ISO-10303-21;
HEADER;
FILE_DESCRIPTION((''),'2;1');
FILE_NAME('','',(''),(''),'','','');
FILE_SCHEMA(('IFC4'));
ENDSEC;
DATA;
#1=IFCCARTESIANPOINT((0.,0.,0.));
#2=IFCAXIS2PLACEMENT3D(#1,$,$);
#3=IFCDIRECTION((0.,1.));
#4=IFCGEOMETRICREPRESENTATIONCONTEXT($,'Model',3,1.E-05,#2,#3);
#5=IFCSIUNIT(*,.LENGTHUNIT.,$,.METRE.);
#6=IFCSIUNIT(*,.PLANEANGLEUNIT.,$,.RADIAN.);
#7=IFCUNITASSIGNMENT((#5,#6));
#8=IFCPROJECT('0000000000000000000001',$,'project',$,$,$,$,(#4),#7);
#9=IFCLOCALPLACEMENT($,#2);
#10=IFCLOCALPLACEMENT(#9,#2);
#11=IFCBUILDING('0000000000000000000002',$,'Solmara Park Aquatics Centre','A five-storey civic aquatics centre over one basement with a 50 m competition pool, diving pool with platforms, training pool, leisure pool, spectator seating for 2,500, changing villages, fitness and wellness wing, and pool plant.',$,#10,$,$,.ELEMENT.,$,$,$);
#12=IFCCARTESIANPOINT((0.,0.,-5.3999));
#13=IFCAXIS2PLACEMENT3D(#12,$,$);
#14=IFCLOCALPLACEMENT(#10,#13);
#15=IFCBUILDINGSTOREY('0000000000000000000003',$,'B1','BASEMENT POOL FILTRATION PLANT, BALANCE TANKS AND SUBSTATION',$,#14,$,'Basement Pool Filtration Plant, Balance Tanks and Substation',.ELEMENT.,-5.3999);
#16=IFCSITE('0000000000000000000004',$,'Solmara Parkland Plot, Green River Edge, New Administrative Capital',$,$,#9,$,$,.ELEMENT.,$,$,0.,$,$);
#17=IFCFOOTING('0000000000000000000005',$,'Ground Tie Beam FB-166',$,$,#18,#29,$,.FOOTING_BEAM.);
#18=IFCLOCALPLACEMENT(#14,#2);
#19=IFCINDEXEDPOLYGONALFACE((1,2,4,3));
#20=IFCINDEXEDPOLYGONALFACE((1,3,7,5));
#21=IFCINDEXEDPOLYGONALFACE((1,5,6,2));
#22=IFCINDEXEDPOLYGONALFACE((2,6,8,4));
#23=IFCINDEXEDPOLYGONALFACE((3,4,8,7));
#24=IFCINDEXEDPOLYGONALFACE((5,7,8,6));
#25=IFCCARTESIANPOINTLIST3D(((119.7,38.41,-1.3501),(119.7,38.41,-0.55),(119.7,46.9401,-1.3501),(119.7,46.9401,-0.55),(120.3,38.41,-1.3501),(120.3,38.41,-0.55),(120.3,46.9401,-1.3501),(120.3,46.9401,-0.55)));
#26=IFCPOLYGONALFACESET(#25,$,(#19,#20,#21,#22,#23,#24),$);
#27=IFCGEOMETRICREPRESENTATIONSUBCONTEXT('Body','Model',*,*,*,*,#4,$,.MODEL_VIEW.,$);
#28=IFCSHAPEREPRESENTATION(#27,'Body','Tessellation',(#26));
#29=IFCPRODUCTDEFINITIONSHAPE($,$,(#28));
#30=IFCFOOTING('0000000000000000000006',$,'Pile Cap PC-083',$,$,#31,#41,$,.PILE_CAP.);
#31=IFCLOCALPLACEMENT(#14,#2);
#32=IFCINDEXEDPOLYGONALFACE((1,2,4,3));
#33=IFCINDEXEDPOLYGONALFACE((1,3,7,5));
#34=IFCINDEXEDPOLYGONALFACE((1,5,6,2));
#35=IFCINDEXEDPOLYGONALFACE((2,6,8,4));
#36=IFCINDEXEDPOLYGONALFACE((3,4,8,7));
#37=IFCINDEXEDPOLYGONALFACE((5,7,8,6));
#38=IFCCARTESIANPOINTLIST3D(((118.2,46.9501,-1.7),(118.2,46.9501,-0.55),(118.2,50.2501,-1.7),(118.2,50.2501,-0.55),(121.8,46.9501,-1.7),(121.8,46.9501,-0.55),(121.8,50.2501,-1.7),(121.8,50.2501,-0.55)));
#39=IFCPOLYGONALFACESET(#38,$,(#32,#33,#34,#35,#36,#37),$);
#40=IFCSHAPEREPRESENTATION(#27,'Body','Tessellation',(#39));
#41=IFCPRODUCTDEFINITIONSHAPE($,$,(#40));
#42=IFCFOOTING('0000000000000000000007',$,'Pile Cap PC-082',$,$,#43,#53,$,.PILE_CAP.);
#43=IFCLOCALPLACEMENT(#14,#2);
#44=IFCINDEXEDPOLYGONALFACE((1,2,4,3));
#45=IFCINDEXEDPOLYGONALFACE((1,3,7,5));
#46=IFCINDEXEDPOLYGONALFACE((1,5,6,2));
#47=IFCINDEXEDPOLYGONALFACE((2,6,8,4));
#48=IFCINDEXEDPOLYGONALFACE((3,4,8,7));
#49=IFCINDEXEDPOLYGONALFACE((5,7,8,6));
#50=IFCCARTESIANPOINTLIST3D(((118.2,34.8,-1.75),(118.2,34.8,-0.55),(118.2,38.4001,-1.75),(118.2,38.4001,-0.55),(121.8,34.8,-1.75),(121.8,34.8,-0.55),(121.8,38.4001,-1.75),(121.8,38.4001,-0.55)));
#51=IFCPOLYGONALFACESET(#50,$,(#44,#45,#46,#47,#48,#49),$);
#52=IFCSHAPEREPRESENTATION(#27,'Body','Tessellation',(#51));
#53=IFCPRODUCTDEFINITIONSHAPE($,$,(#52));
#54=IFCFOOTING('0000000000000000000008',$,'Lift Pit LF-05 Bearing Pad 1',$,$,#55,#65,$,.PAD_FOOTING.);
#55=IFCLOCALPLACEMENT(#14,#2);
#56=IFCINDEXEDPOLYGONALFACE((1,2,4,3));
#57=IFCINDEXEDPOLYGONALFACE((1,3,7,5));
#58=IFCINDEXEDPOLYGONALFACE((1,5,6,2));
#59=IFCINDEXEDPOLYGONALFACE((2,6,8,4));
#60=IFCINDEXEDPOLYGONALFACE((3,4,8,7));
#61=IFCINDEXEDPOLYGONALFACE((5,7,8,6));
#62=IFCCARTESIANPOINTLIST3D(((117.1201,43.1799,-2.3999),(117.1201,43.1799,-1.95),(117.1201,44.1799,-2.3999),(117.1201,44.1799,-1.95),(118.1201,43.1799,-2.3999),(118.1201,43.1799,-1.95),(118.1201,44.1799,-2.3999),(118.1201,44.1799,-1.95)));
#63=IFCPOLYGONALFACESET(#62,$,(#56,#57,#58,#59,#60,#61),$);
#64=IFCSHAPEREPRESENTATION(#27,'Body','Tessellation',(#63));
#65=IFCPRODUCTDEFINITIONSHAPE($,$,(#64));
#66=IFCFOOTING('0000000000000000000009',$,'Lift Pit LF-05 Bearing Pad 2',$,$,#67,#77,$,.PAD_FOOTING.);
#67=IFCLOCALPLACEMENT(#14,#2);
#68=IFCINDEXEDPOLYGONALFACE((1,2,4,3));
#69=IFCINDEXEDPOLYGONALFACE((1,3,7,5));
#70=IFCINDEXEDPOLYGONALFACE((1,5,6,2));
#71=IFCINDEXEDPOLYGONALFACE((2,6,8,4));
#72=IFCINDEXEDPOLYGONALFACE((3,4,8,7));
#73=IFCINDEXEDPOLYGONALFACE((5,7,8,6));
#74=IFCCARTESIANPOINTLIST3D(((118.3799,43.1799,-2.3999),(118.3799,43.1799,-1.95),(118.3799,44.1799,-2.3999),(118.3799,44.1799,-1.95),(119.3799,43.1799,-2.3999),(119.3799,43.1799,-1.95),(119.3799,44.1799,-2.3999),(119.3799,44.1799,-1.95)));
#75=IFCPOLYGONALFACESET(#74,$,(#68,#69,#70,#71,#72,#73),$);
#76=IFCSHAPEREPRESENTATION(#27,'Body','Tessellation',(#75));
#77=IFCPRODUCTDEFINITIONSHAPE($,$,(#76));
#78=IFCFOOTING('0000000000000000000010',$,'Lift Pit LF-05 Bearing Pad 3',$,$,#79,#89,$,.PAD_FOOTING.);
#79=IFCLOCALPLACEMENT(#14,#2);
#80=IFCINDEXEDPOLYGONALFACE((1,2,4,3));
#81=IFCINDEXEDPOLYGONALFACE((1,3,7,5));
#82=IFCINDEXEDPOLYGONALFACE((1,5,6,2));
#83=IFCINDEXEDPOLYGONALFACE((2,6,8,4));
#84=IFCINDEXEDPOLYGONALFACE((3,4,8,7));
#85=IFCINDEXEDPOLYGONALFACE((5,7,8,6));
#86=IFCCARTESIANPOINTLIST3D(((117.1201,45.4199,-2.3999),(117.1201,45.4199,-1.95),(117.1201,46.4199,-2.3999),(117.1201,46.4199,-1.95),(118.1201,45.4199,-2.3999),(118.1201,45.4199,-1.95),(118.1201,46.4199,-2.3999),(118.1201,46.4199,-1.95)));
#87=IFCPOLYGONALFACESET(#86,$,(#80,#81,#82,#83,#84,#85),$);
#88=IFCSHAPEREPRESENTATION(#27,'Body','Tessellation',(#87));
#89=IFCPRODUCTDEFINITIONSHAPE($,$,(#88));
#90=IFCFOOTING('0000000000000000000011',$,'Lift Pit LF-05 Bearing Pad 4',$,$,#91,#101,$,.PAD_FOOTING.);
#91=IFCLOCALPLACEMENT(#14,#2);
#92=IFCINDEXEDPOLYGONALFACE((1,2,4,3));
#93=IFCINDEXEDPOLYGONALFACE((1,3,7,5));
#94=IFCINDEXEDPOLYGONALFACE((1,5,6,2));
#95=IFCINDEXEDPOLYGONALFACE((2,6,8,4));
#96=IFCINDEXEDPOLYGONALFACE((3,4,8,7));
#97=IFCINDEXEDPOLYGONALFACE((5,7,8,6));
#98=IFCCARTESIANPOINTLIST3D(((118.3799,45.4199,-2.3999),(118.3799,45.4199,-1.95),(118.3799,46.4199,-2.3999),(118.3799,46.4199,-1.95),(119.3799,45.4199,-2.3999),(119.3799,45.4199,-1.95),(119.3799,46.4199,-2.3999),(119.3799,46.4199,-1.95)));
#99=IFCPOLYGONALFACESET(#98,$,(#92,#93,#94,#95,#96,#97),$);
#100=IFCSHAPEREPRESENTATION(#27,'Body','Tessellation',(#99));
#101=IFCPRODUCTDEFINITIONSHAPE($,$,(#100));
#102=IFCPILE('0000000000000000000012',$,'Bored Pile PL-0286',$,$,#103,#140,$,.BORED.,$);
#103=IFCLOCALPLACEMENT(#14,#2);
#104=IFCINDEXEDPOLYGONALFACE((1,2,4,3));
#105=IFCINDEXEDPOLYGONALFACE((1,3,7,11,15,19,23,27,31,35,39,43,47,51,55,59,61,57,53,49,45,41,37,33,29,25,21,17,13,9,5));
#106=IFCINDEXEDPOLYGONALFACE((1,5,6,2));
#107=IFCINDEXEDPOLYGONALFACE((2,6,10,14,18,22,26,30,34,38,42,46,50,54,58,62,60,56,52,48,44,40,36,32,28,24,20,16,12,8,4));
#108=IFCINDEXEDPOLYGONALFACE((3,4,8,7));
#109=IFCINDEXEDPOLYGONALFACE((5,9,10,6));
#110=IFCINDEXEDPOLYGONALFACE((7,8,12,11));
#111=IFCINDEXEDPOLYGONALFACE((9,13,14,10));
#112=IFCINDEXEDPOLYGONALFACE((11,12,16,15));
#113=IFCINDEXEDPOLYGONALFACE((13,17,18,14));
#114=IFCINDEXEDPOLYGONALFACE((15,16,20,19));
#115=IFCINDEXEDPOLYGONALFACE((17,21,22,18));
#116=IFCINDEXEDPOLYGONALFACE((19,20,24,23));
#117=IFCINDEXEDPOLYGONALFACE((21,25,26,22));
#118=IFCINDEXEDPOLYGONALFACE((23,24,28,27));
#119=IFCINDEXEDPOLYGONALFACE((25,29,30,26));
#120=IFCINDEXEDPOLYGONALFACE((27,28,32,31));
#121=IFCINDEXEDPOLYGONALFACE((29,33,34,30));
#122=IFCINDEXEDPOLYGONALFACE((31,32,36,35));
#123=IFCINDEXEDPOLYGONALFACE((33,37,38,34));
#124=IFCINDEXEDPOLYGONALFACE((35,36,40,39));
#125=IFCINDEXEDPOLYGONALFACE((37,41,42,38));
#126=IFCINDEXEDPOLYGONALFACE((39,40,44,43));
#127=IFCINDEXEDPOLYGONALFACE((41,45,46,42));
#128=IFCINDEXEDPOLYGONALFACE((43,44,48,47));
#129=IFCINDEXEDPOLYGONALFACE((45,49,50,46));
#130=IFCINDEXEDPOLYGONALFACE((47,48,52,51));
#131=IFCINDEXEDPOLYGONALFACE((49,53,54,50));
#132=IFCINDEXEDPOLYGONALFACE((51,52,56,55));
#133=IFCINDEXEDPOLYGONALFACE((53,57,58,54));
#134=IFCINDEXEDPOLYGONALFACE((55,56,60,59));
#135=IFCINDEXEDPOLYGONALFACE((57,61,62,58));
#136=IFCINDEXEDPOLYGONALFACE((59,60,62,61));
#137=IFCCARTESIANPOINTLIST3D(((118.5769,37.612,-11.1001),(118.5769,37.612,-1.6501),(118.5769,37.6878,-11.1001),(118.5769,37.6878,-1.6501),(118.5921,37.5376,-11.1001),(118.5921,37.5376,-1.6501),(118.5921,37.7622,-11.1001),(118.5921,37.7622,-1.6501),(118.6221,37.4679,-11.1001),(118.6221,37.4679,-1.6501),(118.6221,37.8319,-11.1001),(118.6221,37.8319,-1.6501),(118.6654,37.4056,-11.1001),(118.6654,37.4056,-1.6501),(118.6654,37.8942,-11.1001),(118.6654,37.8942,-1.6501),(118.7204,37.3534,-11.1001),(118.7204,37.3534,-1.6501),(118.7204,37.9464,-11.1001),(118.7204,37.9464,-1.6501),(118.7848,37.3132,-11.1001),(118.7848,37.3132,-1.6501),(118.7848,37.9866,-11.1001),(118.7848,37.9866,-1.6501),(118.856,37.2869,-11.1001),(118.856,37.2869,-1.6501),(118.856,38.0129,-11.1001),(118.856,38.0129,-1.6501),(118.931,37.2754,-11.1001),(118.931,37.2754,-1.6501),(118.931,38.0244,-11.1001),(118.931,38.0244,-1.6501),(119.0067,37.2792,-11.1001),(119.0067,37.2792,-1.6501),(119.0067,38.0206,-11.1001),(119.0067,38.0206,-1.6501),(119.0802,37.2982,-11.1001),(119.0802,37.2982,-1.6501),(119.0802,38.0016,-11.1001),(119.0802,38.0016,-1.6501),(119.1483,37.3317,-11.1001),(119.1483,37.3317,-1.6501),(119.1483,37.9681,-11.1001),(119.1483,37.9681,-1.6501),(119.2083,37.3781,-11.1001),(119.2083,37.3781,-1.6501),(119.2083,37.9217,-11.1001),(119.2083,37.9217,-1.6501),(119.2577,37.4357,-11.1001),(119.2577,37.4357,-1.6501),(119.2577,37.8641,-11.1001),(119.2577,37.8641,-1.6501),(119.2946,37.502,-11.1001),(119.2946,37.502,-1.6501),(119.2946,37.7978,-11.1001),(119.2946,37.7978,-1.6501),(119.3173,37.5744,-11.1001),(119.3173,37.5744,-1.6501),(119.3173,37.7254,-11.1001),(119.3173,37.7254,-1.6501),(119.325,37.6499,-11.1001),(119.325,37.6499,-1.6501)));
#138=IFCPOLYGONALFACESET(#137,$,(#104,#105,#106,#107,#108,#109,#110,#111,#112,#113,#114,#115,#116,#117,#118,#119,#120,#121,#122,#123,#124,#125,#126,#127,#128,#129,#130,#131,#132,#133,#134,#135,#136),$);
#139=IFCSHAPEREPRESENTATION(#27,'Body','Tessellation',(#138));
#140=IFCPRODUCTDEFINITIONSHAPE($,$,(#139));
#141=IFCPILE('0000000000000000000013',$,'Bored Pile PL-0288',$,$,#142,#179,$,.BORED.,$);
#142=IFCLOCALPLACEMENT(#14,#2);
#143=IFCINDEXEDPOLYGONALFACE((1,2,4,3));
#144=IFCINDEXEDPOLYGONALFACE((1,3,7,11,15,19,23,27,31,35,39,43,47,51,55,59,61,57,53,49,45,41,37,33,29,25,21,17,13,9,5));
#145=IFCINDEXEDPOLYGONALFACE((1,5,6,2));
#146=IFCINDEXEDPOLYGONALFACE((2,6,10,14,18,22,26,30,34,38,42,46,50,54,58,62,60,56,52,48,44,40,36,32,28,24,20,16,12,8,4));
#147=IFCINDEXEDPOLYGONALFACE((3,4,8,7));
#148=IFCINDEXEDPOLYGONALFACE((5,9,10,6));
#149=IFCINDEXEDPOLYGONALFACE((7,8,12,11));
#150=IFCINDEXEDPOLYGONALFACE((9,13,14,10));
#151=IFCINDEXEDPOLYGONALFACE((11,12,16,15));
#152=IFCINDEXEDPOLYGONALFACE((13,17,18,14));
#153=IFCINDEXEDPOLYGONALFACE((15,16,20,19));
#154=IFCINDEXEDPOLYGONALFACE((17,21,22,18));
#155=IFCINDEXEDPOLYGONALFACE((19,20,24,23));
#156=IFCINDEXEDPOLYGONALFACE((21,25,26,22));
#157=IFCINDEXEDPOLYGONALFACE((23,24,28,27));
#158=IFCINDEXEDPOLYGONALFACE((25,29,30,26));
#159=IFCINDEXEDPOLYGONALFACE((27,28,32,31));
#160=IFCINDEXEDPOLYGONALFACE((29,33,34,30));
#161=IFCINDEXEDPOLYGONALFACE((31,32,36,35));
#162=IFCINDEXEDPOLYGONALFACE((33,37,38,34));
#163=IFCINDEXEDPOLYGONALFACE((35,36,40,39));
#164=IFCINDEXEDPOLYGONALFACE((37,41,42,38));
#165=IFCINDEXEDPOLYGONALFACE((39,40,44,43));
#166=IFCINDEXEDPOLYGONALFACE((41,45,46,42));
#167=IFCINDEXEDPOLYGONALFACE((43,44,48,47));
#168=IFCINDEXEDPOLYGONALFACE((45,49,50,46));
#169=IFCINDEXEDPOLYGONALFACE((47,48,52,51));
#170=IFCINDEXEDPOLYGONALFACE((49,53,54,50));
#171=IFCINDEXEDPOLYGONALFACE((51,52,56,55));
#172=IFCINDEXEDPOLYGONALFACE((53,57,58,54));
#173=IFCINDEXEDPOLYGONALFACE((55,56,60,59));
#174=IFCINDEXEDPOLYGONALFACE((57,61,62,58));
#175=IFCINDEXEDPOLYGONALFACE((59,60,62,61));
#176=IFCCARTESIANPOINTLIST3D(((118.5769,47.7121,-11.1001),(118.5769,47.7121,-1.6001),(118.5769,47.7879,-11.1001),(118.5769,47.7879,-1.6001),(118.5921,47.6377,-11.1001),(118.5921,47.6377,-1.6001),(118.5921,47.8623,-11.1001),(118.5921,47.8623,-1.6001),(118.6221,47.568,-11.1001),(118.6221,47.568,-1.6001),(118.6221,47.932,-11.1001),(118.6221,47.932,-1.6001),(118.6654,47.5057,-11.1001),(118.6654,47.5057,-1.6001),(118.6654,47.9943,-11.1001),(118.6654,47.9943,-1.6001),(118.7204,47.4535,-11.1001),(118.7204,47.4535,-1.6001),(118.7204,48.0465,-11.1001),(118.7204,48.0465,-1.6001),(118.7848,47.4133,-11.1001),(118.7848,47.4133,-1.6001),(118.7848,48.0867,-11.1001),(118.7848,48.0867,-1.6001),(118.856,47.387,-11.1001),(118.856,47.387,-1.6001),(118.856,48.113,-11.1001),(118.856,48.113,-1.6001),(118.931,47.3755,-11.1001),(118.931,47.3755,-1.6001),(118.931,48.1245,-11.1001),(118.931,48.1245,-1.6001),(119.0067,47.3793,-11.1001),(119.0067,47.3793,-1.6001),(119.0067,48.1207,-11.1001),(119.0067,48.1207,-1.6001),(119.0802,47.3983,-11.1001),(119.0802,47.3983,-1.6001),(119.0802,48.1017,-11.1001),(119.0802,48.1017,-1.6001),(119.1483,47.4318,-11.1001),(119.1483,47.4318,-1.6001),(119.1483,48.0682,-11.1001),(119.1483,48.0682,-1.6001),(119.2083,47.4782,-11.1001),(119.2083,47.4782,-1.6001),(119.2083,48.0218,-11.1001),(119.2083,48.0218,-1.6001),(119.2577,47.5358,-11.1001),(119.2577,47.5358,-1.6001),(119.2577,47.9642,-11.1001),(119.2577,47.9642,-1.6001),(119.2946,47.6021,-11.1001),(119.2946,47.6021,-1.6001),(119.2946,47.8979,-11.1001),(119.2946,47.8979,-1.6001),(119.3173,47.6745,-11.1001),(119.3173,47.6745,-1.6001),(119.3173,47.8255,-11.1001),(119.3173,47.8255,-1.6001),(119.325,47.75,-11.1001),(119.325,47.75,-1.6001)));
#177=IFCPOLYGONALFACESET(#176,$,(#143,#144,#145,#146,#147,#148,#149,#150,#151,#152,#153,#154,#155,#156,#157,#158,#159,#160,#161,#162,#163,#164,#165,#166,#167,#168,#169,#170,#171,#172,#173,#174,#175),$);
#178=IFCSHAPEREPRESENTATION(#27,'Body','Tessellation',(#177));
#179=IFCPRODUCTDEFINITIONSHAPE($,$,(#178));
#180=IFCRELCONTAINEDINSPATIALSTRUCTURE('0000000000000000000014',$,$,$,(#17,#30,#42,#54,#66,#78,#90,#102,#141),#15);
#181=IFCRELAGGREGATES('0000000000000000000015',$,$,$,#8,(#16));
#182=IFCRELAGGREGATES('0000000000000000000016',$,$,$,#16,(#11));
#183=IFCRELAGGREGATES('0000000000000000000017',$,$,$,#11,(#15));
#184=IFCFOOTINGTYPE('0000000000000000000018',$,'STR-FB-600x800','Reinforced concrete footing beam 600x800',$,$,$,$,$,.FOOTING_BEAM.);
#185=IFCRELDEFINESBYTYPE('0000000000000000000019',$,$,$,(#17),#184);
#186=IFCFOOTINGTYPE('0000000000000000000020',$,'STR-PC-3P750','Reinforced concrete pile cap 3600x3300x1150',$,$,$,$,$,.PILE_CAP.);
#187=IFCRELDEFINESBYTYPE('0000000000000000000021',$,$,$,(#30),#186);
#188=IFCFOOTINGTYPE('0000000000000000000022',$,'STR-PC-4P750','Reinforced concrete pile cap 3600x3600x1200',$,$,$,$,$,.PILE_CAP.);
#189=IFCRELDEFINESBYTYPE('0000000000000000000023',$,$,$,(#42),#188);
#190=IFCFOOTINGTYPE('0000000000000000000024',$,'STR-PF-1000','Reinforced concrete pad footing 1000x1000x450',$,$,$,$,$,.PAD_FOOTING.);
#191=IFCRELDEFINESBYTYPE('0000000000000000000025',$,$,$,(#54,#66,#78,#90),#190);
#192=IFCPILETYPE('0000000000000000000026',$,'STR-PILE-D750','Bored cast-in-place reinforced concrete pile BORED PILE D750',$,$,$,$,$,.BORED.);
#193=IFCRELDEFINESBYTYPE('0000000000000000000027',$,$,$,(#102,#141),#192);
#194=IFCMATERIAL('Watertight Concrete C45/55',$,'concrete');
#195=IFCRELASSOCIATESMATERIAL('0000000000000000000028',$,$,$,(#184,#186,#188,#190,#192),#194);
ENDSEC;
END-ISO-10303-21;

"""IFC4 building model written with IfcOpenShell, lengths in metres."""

from ifc_helpers import new_model, si_unit, direction, frame, origin, origin_2d, place, context, subcontext, project, spatial, rectangle, circle, extrude, material, material_profile, profile_set, type_object, element, save


model = new_model("IFC4")

# Units and contexts
model_context = context("Model", 3, precision=1e-05, world=origin(), true_north=direction((0.0, 1.0)))
body_context = subcontext(model_context, "Body", "Model", "MODEL_VIEW")
ifc_project = project(units=[si_unit("LENGTHUNIT", "METRE"), si_unit("PLANEANGLEUNIT", "RADIAN")], contexts=[model_context])

# Site, building, storey
site_placement = place(None, origin())
site = spatial("IfcSite", under=ifc_project, at=site_placement, Name="Solmara Parkland Plot, Green River Edge, New Administrative Capital", CompositionType="ELEMENT", RefElevation=0.0)
building_placement = place(site_placement, origin())
building = spatial("IfcBuilding", under=site, at=building_placement, Name="Solmara Park Aquatics Centre", Description="A five-storey civic aquatics centre over one basement with a 50 m competition pool, diving pool with platforms, training pool, leisure pool, spectator seating for 2,500, changing villages, fitness and wellness wing, and pool plant.", CompositionType="ELEMENT")
storey_placement = place(building_placement, frame((0.0, 0.0, -5.3999)))
storey = spatial("IfcBuildingStorey", under=building, at=storey_placement, Name="B1", Description="BASEMENT POOL FILTRATION PLANT, BALANCE TANKS AND SUBSTATION", LongName="Basement Pool Filtration Plant, Balance Tanks and Substation", CompositionType="ELEMENT", Elevation=-5.3999)

# Footings
ifc_material_1 = material(Name="Watertight Concrete C45/55", Category="concrete")
footing_type_1 = type_object("IfcFootingType", Name="STR-FB-600x800", Description="Reinforced concrete footing beam 600x800", PredefinedType="FOOTING_BEAM", material=ifc_material_1)
footing_1_placement = place(storey_placement, frame((120.0, 42.675, -1.3501), z_axis=(0.0, 0.0, 1.0), x_axis=(1.0, 0.0, 0.0)))
element("IfcFooting", 1, at=footing_1_placement, inside=storey, type_object=footing_type_1, Name="Ground Tie Beam FB-166", PredefinedType="FOOTING_BEAM", context=body_context, shape_type="SweptSolid", body=[
    extrude(rectangle(XDim=0.6001, YDim=8.53, at=origin_2d()), origin(), (0.0, 0.0, 1.0), 0.8),
])
footing_type_2 = type_object("IfcFootingType", Name="STR-PC-3P750", Description="Reinforced concrete pile cap 3600x3300x1150", PredefinedType="PILE_CAP", material=ifc_material_1)
footing_2_placement = place(storey_placement, frame((120.0, 48.6001, -1.7), z_axis=(0.0, 0.0, 1.0), x_axis=(1.0, 0.0, 0.0)))
element("IfcFooting", 2, at=footing_2_placement, inside=storey, type_object=footing_type_2, Name="Pile Cap PC-083", PredefinedType="PILE_CAP", context=body_context, shape_type="SweptSolid", body=[
    extrude(rectangle(XDim=3.6001, YDim=3.3, at=origin_2d()), origin(), (0.0, 0.0, 1.0), 1.1499),
])
footing_type_3 = type_object("IfcFootingType", Name="STR-PC-4P750", Description="Reinforced concrete pile cap 3600x3600x1200", PredefinedType="PILE_CAP", material=ifc_material_1)
footing_3_placement = place(storey_placement, frame((120.0, 36.6001, -1.75), z_axis=(0.0, 0.0, 1.0), x_axis=(1.0, 0.0, 0.0)))
element("IfcFooting", 3, at=footing_3_placement, inside=storey, type_object=footing_type_3, Name="Pile Cap PC-082", PredefinedType="PILE_CAP", context=body_context, shape_type="SweptSolid", body=[
    extrude(rectangle(XDim=3.6001, YDim=3.6001, at=origin_2d()), origin(), (0.0, 0.0, 1.0), 1.2),
])
footing_type_4 = type_object("IfcFootingType", Name="STR-PF-1000", Description="Reinforced concrete pad footing 1000x1000x450", PredefinedType="PAD_FOOTING", material=ifc_material_1)
for number, where, z_axis, x_axis, name in (
    (4, (117.6201, 43.6799, -2.3999), (0.0, 0.0, 1.0), (1.0, 0.0, 0.0), "Lift Pit LF-05 Bearing Pad 1"),
    (5, (118.8799, 43.6799, -2.3999), (0.0, 0.0, 1.0), (1.0, 0.0, 0.0), "Lift Pit LF-05 Bearing Pad 2"),
    (6, (117.6201, 45.9199, -2.3999), (0.0, 0.0, 1.0), (1.0, 0.0, 0.0), "Lift Pit LF-05 Bearing Pad 3"),
    (7, (118.8799, 45.9199, -2.3999), (0.0, 0.0, 1.0), (1.0, 0.0, 0.0), "Lift Pit LF-05 Bearing Pad 4"),
):
    element("IfcFooting", number, at=place(storey_placement, frame(where, z_axis=z_axis, x_axis=x_axis)), inside=storey, type_object=footing_type_4, Name=name, PredefinedType="PAD_FOOTING", context=body_context, shape_type="SweptSolid", body=[
        extrude(rectangle(XDim=1.0, YDim=1.0, at=origin_2d()), origin(), (0.0, 0.0, 1.0), 0.45),
    ])

# Piles
ifc_material_profile_1 = material_profile(ifc_material_1, circle(Radius=0.375, at=origin_2d()), Name="BORED PILE D750")
ifc_profile_set_1 = profile_set([ifc_material_profile_1], Name="Watertight Concrete C45/55")
pile_type = type_object("IfcPileType", Name="STR-PILE-D750", Description="Bored cast-in-place reinforced concrete pile BORED PILE D750", PredefinedType="BORED", material=ifc_profile_set_1)
pile_placement = place(storey_placement, frame((118.95, 37.6499, -1.6501), z_axis=(0.0, 0.0, -1.0), x_axis=(1.0, 0.0, 0.0)))
element("IfcPile", 8, at=pile_placement, inside=storey, type_object=pile_type, Name="Bored Pile PL-0286", PredefinedType="BORED", context=body_context, shape_type="SweptSolid", body=[
    extrude(circle(Radius=0.375, at=origin_2d()), origin(), (0.0, 0.0, 1.0), 9.45),
])
for number, where, z_axis, x_axis, name in (
    (9, (118.95, 47.75, -1.6001), (0.0, 0.0, -1.0), (1.0, 0.0, 0.0), "Bored Pile PL-0288"),
):
    element("IfcPile", number, at=place(storey_placement, frame(where, z_axis=z_axis, x_axis=x_axis)), inside=storey, type_object=pile_type, Name=name, PredefinedType="BORED", context=body_context, shape_type="SweptSolid", body=[
        extrude(circle(Radius=0.375, at=origin_2d()), origin(), (0.0, 0.0, 1.0), 9.5),
    ])

save(model, "model.ifc")
